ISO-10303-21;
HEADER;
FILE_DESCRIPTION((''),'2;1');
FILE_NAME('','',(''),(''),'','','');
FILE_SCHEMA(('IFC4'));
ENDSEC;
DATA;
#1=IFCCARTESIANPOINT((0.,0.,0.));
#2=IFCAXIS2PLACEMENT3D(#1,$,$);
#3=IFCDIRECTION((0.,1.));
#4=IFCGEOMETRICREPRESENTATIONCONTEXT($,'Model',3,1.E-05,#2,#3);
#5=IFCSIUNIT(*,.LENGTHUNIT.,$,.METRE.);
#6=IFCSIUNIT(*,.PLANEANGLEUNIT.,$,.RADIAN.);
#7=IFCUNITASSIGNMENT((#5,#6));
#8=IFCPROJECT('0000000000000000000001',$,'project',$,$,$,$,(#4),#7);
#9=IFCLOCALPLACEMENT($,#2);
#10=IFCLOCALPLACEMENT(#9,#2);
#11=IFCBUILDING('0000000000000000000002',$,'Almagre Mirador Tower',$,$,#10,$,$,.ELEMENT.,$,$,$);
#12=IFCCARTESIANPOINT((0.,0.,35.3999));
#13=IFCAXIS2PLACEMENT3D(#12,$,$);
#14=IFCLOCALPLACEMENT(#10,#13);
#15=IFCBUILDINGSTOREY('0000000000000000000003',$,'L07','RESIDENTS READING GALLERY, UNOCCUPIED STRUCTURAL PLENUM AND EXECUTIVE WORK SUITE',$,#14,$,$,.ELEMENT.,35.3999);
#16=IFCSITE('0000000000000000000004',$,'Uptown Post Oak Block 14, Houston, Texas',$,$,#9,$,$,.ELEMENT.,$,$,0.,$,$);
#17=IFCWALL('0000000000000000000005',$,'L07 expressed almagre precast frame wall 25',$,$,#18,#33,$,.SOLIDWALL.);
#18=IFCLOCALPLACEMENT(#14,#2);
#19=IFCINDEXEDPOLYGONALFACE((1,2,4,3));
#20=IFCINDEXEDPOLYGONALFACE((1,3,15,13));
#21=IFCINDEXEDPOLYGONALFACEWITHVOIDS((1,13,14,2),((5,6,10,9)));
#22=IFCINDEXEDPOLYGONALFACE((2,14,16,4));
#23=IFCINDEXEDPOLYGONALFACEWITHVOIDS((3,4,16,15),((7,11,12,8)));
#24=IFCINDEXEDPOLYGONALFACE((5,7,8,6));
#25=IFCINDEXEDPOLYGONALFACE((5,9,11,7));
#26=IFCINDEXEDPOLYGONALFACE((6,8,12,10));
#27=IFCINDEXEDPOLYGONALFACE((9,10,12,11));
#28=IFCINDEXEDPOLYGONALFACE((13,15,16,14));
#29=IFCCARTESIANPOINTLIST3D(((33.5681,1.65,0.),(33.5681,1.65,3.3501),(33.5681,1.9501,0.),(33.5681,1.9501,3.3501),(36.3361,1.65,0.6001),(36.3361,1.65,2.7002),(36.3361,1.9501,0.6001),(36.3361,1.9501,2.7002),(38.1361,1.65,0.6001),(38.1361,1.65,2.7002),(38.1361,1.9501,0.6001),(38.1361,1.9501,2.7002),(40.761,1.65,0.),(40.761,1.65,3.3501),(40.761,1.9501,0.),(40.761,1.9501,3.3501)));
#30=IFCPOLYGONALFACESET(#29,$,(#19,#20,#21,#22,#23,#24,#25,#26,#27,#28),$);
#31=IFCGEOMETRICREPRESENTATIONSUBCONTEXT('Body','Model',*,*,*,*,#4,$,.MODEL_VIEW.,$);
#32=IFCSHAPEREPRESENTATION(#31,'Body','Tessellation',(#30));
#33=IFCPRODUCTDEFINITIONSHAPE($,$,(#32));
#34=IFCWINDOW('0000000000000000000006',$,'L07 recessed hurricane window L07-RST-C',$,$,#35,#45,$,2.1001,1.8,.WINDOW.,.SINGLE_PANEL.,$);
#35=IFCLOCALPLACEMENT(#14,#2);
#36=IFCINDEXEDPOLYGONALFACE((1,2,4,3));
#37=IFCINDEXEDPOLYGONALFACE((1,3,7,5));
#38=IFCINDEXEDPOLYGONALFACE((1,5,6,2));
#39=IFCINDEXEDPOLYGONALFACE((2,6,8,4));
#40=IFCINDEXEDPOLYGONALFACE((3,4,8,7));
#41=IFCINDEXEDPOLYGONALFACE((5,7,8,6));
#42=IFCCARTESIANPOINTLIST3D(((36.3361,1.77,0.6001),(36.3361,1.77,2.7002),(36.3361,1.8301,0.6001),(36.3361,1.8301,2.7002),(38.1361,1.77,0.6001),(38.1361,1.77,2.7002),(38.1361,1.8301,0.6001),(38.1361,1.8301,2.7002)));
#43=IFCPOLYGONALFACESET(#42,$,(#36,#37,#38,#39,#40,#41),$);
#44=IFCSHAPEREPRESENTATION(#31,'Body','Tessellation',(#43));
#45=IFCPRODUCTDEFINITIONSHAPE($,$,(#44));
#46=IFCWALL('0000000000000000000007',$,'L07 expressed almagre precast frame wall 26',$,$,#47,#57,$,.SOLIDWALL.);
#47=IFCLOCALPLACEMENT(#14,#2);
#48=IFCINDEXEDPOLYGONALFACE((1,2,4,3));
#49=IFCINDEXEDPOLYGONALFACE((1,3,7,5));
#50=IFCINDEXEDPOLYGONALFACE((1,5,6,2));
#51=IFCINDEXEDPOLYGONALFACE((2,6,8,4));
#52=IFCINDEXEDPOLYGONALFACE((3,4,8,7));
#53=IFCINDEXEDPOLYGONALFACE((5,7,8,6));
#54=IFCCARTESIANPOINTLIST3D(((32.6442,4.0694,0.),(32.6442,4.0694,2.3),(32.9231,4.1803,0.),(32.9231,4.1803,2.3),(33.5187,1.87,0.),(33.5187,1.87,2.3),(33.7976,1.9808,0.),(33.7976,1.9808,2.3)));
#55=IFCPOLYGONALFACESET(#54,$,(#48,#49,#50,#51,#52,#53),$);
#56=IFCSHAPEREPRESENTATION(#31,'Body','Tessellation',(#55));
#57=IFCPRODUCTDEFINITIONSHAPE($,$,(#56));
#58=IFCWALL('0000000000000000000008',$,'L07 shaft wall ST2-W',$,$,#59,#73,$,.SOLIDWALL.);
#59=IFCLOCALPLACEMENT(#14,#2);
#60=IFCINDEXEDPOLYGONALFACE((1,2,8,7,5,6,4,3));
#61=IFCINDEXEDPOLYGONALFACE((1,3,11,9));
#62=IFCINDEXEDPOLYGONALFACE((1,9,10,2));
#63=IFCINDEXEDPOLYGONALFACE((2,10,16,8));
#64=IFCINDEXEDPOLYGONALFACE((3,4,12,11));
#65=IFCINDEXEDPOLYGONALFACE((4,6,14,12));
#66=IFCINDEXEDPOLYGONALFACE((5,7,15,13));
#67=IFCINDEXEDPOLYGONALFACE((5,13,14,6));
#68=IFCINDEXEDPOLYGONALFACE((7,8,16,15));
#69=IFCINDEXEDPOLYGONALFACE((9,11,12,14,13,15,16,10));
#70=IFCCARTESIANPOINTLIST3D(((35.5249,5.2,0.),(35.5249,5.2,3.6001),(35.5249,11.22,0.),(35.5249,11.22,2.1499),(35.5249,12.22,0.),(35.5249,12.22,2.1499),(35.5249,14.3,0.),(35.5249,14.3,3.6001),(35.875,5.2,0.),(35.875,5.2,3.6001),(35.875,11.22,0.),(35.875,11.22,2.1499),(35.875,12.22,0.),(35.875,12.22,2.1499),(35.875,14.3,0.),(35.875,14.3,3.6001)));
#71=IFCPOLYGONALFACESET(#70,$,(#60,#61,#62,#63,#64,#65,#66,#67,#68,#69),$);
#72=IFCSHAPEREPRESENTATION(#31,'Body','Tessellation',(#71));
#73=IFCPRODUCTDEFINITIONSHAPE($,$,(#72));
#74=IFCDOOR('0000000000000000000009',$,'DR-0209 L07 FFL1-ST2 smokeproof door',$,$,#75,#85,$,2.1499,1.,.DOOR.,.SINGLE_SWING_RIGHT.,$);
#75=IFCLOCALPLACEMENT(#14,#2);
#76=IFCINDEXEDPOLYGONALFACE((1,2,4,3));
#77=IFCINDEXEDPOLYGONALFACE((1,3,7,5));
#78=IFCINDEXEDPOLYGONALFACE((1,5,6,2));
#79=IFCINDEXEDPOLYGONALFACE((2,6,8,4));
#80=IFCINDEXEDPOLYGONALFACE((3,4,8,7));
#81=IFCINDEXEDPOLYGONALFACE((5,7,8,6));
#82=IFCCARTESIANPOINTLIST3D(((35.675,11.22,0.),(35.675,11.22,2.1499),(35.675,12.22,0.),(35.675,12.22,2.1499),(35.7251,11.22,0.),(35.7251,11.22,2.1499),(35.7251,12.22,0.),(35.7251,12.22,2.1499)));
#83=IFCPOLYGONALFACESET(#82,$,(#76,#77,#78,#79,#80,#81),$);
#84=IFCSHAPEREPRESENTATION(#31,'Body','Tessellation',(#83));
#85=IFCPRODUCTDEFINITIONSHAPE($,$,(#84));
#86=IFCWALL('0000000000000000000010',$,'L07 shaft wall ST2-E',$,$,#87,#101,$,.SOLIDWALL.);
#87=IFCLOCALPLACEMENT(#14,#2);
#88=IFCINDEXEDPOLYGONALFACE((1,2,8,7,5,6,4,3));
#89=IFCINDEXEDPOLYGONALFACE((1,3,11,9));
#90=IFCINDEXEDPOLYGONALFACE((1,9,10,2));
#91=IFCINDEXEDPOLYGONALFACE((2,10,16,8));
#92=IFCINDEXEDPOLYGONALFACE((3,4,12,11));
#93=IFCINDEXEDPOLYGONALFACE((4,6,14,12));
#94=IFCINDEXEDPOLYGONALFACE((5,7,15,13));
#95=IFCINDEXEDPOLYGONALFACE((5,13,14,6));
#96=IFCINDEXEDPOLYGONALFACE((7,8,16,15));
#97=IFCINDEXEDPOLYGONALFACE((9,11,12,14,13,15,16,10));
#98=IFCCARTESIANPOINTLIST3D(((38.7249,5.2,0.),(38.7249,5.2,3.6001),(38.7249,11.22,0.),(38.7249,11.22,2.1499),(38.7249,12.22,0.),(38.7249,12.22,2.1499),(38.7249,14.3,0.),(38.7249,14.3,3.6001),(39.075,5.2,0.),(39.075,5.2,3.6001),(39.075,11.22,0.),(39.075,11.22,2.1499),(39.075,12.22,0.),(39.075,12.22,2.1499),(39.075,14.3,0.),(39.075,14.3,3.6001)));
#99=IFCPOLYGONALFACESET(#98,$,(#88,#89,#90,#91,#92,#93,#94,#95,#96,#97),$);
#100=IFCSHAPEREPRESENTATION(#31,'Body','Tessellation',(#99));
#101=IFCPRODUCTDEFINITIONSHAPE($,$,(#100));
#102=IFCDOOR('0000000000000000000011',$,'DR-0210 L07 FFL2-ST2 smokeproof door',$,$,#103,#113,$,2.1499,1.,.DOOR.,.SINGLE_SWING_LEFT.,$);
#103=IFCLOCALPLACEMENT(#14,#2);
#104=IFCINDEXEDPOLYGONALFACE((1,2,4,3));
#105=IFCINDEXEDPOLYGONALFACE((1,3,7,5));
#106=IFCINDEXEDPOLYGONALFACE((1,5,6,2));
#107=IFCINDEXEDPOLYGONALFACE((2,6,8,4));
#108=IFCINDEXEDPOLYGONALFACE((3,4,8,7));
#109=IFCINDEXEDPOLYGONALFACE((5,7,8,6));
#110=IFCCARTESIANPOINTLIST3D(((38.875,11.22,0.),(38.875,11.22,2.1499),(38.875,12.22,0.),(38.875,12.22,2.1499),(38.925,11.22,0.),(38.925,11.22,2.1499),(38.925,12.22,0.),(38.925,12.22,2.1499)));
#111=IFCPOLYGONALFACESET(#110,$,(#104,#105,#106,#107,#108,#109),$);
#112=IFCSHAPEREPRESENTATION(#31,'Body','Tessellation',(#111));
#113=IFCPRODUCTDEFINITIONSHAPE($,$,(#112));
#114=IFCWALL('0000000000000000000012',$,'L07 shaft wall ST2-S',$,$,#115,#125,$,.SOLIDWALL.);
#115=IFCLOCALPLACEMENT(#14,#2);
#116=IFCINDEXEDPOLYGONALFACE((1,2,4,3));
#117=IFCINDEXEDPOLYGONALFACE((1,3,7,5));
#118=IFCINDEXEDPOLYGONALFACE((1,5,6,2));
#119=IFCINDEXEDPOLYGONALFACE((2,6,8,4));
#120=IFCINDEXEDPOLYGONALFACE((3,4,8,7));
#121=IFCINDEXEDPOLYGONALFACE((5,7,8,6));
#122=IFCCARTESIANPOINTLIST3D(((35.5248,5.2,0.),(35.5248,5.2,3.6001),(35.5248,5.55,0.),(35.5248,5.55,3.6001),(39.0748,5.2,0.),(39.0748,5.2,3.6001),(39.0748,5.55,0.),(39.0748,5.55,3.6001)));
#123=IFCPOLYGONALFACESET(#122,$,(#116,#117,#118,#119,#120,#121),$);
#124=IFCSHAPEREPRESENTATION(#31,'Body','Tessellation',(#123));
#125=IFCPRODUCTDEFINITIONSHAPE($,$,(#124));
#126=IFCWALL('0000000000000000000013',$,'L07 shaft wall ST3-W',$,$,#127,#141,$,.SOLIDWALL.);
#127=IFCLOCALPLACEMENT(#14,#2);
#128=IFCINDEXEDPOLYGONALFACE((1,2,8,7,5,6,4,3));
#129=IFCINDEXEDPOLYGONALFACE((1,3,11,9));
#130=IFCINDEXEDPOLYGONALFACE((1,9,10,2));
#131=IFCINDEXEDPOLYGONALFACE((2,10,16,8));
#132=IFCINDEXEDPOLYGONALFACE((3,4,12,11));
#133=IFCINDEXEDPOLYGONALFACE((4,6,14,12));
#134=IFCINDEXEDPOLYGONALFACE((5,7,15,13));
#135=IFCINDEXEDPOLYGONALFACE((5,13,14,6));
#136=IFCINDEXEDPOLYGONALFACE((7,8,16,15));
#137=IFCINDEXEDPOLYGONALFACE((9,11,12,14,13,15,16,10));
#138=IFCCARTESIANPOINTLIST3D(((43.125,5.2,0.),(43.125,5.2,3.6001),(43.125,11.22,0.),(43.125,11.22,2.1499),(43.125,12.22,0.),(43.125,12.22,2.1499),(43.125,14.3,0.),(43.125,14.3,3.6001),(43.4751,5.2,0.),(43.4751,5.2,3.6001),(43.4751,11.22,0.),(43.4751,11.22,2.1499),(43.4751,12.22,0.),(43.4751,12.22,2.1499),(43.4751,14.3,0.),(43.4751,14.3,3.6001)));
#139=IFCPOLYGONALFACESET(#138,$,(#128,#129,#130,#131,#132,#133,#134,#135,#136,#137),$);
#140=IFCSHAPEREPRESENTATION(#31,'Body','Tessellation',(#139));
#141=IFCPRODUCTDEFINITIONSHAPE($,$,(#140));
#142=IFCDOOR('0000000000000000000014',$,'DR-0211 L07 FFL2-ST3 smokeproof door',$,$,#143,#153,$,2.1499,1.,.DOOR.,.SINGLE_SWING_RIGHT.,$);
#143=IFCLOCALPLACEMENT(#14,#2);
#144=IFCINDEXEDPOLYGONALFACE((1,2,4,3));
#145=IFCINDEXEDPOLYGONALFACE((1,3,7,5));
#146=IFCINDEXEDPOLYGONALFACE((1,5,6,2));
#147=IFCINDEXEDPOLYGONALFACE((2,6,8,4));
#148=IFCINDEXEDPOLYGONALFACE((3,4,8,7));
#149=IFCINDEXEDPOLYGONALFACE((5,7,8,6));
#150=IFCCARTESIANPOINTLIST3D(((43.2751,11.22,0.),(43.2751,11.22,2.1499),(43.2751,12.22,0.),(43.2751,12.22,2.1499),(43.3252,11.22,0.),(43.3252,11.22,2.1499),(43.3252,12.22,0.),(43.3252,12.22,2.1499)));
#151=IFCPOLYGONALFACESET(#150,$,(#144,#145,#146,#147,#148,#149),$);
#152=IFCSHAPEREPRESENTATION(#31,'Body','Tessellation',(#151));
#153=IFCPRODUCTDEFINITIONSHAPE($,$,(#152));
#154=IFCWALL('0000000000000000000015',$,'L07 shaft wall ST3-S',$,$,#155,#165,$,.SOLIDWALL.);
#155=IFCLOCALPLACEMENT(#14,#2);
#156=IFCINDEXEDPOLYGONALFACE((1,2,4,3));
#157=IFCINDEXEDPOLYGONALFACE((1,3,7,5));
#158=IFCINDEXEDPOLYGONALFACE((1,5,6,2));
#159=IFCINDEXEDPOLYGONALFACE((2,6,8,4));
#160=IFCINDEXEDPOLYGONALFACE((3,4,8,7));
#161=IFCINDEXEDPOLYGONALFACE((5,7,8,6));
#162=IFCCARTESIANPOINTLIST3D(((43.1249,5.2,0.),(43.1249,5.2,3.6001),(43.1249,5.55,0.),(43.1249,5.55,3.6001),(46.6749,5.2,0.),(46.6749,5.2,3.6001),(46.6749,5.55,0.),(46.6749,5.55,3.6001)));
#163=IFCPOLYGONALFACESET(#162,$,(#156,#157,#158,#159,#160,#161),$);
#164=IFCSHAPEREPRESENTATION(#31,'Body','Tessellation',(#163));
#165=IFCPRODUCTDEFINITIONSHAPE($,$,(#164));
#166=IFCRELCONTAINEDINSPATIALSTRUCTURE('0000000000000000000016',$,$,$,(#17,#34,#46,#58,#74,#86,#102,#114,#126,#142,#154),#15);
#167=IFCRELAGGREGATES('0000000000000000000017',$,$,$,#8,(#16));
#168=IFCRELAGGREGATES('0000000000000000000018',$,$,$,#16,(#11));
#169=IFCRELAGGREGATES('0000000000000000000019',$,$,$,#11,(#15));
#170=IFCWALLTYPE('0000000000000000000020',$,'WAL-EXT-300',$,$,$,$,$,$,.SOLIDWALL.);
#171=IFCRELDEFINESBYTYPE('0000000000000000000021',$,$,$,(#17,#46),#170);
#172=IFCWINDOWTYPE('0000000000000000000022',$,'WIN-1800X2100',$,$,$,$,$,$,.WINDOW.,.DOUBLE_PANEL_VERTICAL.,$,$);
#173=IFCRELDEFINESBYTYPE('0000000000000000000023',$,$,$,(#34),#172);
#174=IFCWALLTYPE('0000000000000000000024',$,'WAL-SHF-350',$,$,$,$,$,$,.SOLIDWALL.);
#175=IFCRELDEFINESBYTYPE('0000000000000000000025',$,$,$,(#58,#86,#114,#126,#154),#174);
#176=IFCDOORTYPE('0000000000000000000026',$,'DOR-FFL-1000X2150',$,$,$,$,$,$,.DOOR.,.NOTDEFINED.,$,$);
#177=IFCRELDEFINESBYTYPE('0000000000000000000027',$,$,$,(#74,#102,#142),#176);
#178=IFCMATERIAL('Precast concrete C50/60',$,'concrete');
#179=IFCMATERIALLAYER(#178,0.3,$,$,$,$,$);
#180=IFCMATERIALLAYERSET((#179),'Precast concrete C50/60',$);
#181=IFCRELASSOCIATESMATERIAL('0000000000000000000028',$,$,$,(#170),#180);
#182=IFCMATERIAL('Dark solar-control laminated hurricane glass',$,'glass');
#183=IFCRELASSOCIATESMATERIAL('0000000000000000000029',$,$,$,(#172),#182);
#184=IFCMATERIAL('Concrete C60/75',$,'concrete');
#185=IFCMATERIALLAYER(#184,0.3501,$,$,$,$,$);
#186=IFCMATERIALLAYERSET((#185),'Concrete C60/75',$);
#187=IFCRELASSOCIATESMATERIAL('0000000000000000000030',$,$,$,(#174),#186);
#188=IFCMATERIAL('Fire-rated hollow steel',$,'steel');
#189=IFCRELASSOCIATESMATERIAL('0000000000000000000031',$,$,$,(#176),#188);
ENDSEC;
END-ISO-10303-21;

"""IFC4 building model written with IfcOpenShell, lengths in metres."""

from ifc_helpers import new_model, si_unit, direction, frame, frame_2d, origin, place, context, subcontext, project, spatial, rectangle, extrude, material, layer, layer_set, type_object, element, fill, save


model = new_model("IFC4")

# Units and contexts
model_context = context("Model", 3, precision=1e-05, world=origin(), true_north=direction((0.0, 1.0)))
body_context = subcontext(model_context, "Body", "Model", "MODEL_VIEW")
ifc_project = project(units=[si_unit("LENGTHUNIT", "METRE"), si_unit("PLANEANGLEUNIT", "RADIAN")], contexts=[model_context])

# Site, building, storey
site_placement = place(None, origin())
site = spatial("IfcSite", under=ifc_project, at=site_placement, Name="Uptown Post Oak Block 14, Houston, Texas", CompositionType="ELEMENT", RefElevation=0.0)
building_placement = place(site_placement, origin())
building = spatial("IfcBuilding", under=site, at=building_placement, Name="Almagre Mirador Tower", CompositionType="ELEMENT")
storey_placement = place(building_placement, frame((0.0, 0.0, 35.3999)))
storey = spatial("IfcBuildingStorey", under=building, at=storey_placement, Name="L07", Description="RESIDENTS READING GALLERY, UNOCCUPIED STRUCTURAL PLENUM AND EXECUTIVE WORK SUITE", CompositionType="ELEMENT", Elevation=35.3999)

# Wall, opening, window
ifc_material_1 = material(Name="Precast concrete C50/60", Category="concrete")
ifc_layer_1 = layer(ifc_material_1, 0.3)
ifc_layer_set_1 = layer_set([ifc_layer_1], Name="Precast concrete C50/60")
wall_type_1 = type_object("IfcWallType", Name="WAL-EXT-300", PredefinedType="SOLIDWALL", material=ifc_layer_set_1)
wall_1_placement = place(storey_placement, frame((40.761, 1.8, 0.0), z_axis=(0.0, 0.0, 1.0), x_axis=(-1.0, 0.0, 0.0)))
wall_1 = element("IfcWall", 1, at=wall_1_placement, inside=storey, type_object=wall_type_1, Name="L07 expressed almagre precast frame wall 25", PredefinedType="SOLIDWALL", context=body_context, shape_type="SweptSolid", body=[
    extrude(rectangle(XDim=7.1929, YDim=0.3, at=frame_2d((3.5964, 0.0))), origin(), (0.0, 0.0, 1.0), 3.3501),
])
opening_1_placement = place(wall_1_placement, frame((2.625, 0.0, 0.6001)))
opening_1 = element("IfcOpeningElement", 2, at=opening_1_placement, cuts=wall_1, PredefinedType="OPENING", context=body_context, shape_type="SweptSolid", body=[
    extrude(rectangle(XDim=1.8, YDim=2.1001, at=frame_2d((0.8999, 1.05))), frame((0.0, 0.1599, 0.0), z_axis=(0.0, -1.0, 0.0), x_axis=(1.0, 0.0, 0.0)), (0.0, 0.0, 1.0), 0.32),
])
ifc_material_2 = material(Name="Dark solar-control laminated hurricane glass", Category="glass")
window_type = type_object("IfcWindowType", Name="WIN-1800X2100", PartitioningType="DOUBLE_PANEL_VERTICAL", PredefinedType="WINDOW", material=ifc_material_2)
window_placement = place(opening_1_placement, origin())
window = element("IfcWindow", 3, at=window_placement, inside=storey, type_object=window_type, Name="L07 recessed hurricane window L07-RST-C", OverallHeight=2.1001, OverallWidth=1.8, PartitioningType="SINGLE_PANEL", PredefinedType="WINDOW", context=body_context, shape_type="SweptSolid", body=[
    extrude(rectangle(XDim=1.8, YDim=2.1001, at=frame_2d((0.8999, 1.05))), frame((0.0, 0.03, 0.0), z_axis=(0.0, -1.0, 0.0), x_axis=(1.0, 0.0, 0.0)), (0.0, 0.0, 1.0), 0.0601),
])
fill(opening_1, window)

# Wall
wall_2_placement = place(storey_placement, frame((33.6582, 1.9253, 0.0), z_axis=(0.0, 0.0, 1.0), x_axis=(-0.369469, 0.929243, 0.0)))
element("IfcWall", 4, at=wall_2_placement, inside=storey, type_object=wall_type_1, Name="L07 expressed almagre precast frame wall 26", PredefinedType="SOLIDWALL", context=body_context, shape_type="SweptSolid", body=[
    extrude(rectangle(XDim=2.3669, YDim=0.3, at=frame_2d((1.1836, 0.0))), origin(), (0.0, 0.0, 1.0), 2.3),
])

# Walls, openings, doors
ifc_material_3 = material(Name="Concrete C60/75", Category="concrete")
ifc_layer_2 = layer(ifc_material_3, 0.3501)
ifc_layer_set_2 = layer_set([ifc_layer_2], Name="Concrete C60/75")
wall_type_2 = type_object("IfcWallType", Name="WAL-SHF-350", PredefinedType="SOLIDWALL", material=ifc_layer_set_2)
wall_3_placement = place(storey_placement, frame((35.7, 5.2, 0.0), z_axis=(0.0, 0.0, 1.0), x_axis=(0.0, 1.0, 0.0)))
wall_3 = element("IfcWall", 5, at=wall_3_placement, inside=storey, type_object=wall_type_2, Name="L07 shaft wall ST2-W", PredefinedType="SOLIDWALL", context=body_context, shape_type="SweptSolid", body=[
    extrude(rectangle(XDim=9.1001, YDim=0.3501, at=frame_2d((4.55, 0.0))), origin(), (0.0, 0.0, 1.0), 3.6001),
])
opening_2_placement = place(wall_3_placement, frame((6.02, 0.0, 0.0)))
opening_2 = element("IfcOpeningElement", 6, at=opening_2_placement, cuts=wall_3, PredefinedType="OPENING", context=body_context, shape_type="SweptSolid", body=[
    extrude(rectangle(XDim=1.0, YDim=2.1499, at=frame_2d((0.5, 1.075))), frame((0.0, 0.185, 0.0), z_axis=(0.0, -1.0, 0.0), x_axis=(1.0, 0.0, 0.0)), (0.0, 0.0, 1.0), 0.3701),
])
ifc_material_4 = material(Name="Fire-rated hollow steel", Category="steel")
door_type_1 = type_object("IfcDoorType", Name="DOR-FFL-1000X2150", OperationType="NOTDEFINED", PredefinedType="DOOR", material=ifc_material_4)
door_1_placement = place(opening_2_placement, origin())
door_1 = element("IfcDoor", 7, at=door_1_placement, inside=storey, type_object=door_type_1, Name="DR-0209 L07 FFL1-ST2 smokeproof door", OperationType="SINGLE_SWING_RIGHT", OverallHeight=2.1499, OverallWidth=1.0, PredefinedType="DOOR", context=body_context, shape_type="SweptSolid", body=[
    extrude(rectangle(XDim=1.0, YDim=2.1499, at=frame_2d((0.5, 1.075))), frame((0.0, 0.0249, 0.0), z_axis=(0.0, -1.0, 0.0), x_axis=(1.0, 0.0, 0.0)), (0.0, 0.0, 1.0), 0.05),
])
fill(opening_2, door_1)
wall_4_placement = place(storey_placement, frame((38.8999, 5.2, 0.0), z_axis=(0.0, 0.0, 1.0), x_axis=(0.0, 1.0, 0.0)))
wall_4 = element("IfcWall", 8, at=wall_4_placement, inside=storey, type_object=wall_type_2, Name="L07 shaft wall ST2-E", PredefinedType="SOLIDWALL", context=body_context, shape_type="SweptSolid", body=[
    extrude(rectangle(XDim=9.1001, YDim=0.3501, at=frame_2d((4.55, 0.0))), origin(), (0.0, 0.0, 1.0), 3.6001),
])
opening_3_placement = place(wall_4_placement, frame((6.02, 0.0, 0.0)))
opening_3 = element("IfcOpeningElement", 9, at=opening_3_placement, cuts=wall_4, PredefinedType="OPENING", context=body_context, shape_type="SweptSolid", body=[
    extrude(rectangle(XDim=1.0, YDim=2.1499, at=frame_2d((0.5, 1.075))), frame((0.0, 0.185, 0.0), z_axis=(0.0, -1.0, 0.0), x_axis=(1.0, 0.0, 0.0)), (0.0, 0.0, 1.0), 0.3701),
])
door_2_placement = place(opening_3_placement, origin())
door_2 = element("IfcDoor", 10, at=door_2_placement, inside=storey, type_object=door_type_1, Name="DR-0210 L07 FFL2-ST2 smokeproof door", OperationType="SINGLE_SWING_LEFT", OverallHeight=2.1499, OverallWidth=1.0, PredefinedType="DOOR", context=body_context, shape_type="SweptSolid", body=[
    extrude(rectangle(XDim=1.0, YDim=2.1499, at=frame_2d((0.5, 1.075))), frame((0.0, 0.0249, 0.0), z_axis=(0.0, -1.0, 0.0), x_axis=(1.0, 0.0, 0.0)), (0.0, 0.0, 1.0), 0.05),
])
fill(opening_3, door_2)

# Wall
wall_5_placement = place(storey_placement, frame((35.5249, 5.375, 0.0), z_axis=(0.0, 0.0, 1.0), x_axis=(1.0, 0.0, 0.0)))
element("IfcWall", 11, at=wall_5_placement, inside=storey, type_object=wall_type_2, Name="L07 shaft wall ST2-S", PredefinedType="SOLIDWALL", context=body_context, shape_type="SweptSolid", body=[
    extrude(rectangle(XDim=3.55, YDim=0.3501, at=frame_2d((1.7749, 0.0))), origin(), (0.0, 0.0, 1.0), 3.6001),
])

# Wall, opening, door
wall_6_placement = place(storey_placement, frame((43.3, 5.2, 0.0), z_axis=(0.0, 0.0, 1.0), x_axis=(0.0, 1.0, 0.0)))
wall_6 = element("IfcWall", 12, at=wall_6_placement, inside=storey, type_object=wall_type_2, Name="L07 shaft wall ST3-W", PredefinedType="SOLIDWALL", context=body_context, shape_type="SweptSolid", body=[
    extrude(rectangle(XDim=9.1001, YDim=0.3501, at=frame_2d((4.55, 0.0))), origin(), (0.0, 0.0, 1.0), 3.6001),
])
opening_4_placement = place(wall_6_placement, frame((6.02, 0.0, 0.0)))
opening_4 = element("IfcOpeningElement", 13, at=opening_4_placement, cuts=wall_6, PredefinedType="OPENING", context=body_context, shape_type="SweptSolid", body=[
    extrude(rectangle(XDim=1.0, YDim=2.1499, at=frame_2d((0.5, 1.075))), frame((0.0, 0.185, 0.0), z_axis=(0.0, -1.0, 0.0), x_axis=(1.0, 0.0, 0.0)), (0.0, 0.0, 1.0), 0.3701),
])
door_3_placement = place(opening_4_placement, origin())
door_3 = element("IfcDoor", 14, at=door_3_placement, inside=storey, type_object=door_type_1, Name="DR-0211 L07 FFL2-ST3 smokeproof door", OperationType="SINGLE_SWING_RIGHT", OverallHeight=2.1499, OverallWidth=1.0, PredefinedType="DOOR", context=body_context, shape_type="SweptSolid", body=[
    extrude(rectangle(XDim=1.0, YDim=2.1499, at=frame_2d((0.5, 1.075))), frame((0.0, 0.0249, 0.0), z_axis=(0.0, -1.0, 0.0), x_axis=(1.0, 0.0, 0.0)), (0.0, 0.0, 1.0), 0.05),
])
fill(opening_4, door_3)

# Wall
wall_7_placement = place(storey_placement, frame((43.125, 5.375, 0.0), z_axis=(0.0, 0.0, 1.0), x_axis=(1.0, 0.0, 0.0)))
element("IfcWall", 15, at=wall_7_placement, inside=storey, type_object=wall_type_2, Name="L07 shaft wall ST3-S", PredefinedType="SOLIDWALL", context=body_context, shape_type="SweptSolid", body=[
    extrude(rectangle(XDim=3.55, YDim=0.3501, at=frame_2d((1.7749, 0.0))), origin(), (0.0, 0.0, 1.0), 3.6001),
])

save(model, "model.ifc")
